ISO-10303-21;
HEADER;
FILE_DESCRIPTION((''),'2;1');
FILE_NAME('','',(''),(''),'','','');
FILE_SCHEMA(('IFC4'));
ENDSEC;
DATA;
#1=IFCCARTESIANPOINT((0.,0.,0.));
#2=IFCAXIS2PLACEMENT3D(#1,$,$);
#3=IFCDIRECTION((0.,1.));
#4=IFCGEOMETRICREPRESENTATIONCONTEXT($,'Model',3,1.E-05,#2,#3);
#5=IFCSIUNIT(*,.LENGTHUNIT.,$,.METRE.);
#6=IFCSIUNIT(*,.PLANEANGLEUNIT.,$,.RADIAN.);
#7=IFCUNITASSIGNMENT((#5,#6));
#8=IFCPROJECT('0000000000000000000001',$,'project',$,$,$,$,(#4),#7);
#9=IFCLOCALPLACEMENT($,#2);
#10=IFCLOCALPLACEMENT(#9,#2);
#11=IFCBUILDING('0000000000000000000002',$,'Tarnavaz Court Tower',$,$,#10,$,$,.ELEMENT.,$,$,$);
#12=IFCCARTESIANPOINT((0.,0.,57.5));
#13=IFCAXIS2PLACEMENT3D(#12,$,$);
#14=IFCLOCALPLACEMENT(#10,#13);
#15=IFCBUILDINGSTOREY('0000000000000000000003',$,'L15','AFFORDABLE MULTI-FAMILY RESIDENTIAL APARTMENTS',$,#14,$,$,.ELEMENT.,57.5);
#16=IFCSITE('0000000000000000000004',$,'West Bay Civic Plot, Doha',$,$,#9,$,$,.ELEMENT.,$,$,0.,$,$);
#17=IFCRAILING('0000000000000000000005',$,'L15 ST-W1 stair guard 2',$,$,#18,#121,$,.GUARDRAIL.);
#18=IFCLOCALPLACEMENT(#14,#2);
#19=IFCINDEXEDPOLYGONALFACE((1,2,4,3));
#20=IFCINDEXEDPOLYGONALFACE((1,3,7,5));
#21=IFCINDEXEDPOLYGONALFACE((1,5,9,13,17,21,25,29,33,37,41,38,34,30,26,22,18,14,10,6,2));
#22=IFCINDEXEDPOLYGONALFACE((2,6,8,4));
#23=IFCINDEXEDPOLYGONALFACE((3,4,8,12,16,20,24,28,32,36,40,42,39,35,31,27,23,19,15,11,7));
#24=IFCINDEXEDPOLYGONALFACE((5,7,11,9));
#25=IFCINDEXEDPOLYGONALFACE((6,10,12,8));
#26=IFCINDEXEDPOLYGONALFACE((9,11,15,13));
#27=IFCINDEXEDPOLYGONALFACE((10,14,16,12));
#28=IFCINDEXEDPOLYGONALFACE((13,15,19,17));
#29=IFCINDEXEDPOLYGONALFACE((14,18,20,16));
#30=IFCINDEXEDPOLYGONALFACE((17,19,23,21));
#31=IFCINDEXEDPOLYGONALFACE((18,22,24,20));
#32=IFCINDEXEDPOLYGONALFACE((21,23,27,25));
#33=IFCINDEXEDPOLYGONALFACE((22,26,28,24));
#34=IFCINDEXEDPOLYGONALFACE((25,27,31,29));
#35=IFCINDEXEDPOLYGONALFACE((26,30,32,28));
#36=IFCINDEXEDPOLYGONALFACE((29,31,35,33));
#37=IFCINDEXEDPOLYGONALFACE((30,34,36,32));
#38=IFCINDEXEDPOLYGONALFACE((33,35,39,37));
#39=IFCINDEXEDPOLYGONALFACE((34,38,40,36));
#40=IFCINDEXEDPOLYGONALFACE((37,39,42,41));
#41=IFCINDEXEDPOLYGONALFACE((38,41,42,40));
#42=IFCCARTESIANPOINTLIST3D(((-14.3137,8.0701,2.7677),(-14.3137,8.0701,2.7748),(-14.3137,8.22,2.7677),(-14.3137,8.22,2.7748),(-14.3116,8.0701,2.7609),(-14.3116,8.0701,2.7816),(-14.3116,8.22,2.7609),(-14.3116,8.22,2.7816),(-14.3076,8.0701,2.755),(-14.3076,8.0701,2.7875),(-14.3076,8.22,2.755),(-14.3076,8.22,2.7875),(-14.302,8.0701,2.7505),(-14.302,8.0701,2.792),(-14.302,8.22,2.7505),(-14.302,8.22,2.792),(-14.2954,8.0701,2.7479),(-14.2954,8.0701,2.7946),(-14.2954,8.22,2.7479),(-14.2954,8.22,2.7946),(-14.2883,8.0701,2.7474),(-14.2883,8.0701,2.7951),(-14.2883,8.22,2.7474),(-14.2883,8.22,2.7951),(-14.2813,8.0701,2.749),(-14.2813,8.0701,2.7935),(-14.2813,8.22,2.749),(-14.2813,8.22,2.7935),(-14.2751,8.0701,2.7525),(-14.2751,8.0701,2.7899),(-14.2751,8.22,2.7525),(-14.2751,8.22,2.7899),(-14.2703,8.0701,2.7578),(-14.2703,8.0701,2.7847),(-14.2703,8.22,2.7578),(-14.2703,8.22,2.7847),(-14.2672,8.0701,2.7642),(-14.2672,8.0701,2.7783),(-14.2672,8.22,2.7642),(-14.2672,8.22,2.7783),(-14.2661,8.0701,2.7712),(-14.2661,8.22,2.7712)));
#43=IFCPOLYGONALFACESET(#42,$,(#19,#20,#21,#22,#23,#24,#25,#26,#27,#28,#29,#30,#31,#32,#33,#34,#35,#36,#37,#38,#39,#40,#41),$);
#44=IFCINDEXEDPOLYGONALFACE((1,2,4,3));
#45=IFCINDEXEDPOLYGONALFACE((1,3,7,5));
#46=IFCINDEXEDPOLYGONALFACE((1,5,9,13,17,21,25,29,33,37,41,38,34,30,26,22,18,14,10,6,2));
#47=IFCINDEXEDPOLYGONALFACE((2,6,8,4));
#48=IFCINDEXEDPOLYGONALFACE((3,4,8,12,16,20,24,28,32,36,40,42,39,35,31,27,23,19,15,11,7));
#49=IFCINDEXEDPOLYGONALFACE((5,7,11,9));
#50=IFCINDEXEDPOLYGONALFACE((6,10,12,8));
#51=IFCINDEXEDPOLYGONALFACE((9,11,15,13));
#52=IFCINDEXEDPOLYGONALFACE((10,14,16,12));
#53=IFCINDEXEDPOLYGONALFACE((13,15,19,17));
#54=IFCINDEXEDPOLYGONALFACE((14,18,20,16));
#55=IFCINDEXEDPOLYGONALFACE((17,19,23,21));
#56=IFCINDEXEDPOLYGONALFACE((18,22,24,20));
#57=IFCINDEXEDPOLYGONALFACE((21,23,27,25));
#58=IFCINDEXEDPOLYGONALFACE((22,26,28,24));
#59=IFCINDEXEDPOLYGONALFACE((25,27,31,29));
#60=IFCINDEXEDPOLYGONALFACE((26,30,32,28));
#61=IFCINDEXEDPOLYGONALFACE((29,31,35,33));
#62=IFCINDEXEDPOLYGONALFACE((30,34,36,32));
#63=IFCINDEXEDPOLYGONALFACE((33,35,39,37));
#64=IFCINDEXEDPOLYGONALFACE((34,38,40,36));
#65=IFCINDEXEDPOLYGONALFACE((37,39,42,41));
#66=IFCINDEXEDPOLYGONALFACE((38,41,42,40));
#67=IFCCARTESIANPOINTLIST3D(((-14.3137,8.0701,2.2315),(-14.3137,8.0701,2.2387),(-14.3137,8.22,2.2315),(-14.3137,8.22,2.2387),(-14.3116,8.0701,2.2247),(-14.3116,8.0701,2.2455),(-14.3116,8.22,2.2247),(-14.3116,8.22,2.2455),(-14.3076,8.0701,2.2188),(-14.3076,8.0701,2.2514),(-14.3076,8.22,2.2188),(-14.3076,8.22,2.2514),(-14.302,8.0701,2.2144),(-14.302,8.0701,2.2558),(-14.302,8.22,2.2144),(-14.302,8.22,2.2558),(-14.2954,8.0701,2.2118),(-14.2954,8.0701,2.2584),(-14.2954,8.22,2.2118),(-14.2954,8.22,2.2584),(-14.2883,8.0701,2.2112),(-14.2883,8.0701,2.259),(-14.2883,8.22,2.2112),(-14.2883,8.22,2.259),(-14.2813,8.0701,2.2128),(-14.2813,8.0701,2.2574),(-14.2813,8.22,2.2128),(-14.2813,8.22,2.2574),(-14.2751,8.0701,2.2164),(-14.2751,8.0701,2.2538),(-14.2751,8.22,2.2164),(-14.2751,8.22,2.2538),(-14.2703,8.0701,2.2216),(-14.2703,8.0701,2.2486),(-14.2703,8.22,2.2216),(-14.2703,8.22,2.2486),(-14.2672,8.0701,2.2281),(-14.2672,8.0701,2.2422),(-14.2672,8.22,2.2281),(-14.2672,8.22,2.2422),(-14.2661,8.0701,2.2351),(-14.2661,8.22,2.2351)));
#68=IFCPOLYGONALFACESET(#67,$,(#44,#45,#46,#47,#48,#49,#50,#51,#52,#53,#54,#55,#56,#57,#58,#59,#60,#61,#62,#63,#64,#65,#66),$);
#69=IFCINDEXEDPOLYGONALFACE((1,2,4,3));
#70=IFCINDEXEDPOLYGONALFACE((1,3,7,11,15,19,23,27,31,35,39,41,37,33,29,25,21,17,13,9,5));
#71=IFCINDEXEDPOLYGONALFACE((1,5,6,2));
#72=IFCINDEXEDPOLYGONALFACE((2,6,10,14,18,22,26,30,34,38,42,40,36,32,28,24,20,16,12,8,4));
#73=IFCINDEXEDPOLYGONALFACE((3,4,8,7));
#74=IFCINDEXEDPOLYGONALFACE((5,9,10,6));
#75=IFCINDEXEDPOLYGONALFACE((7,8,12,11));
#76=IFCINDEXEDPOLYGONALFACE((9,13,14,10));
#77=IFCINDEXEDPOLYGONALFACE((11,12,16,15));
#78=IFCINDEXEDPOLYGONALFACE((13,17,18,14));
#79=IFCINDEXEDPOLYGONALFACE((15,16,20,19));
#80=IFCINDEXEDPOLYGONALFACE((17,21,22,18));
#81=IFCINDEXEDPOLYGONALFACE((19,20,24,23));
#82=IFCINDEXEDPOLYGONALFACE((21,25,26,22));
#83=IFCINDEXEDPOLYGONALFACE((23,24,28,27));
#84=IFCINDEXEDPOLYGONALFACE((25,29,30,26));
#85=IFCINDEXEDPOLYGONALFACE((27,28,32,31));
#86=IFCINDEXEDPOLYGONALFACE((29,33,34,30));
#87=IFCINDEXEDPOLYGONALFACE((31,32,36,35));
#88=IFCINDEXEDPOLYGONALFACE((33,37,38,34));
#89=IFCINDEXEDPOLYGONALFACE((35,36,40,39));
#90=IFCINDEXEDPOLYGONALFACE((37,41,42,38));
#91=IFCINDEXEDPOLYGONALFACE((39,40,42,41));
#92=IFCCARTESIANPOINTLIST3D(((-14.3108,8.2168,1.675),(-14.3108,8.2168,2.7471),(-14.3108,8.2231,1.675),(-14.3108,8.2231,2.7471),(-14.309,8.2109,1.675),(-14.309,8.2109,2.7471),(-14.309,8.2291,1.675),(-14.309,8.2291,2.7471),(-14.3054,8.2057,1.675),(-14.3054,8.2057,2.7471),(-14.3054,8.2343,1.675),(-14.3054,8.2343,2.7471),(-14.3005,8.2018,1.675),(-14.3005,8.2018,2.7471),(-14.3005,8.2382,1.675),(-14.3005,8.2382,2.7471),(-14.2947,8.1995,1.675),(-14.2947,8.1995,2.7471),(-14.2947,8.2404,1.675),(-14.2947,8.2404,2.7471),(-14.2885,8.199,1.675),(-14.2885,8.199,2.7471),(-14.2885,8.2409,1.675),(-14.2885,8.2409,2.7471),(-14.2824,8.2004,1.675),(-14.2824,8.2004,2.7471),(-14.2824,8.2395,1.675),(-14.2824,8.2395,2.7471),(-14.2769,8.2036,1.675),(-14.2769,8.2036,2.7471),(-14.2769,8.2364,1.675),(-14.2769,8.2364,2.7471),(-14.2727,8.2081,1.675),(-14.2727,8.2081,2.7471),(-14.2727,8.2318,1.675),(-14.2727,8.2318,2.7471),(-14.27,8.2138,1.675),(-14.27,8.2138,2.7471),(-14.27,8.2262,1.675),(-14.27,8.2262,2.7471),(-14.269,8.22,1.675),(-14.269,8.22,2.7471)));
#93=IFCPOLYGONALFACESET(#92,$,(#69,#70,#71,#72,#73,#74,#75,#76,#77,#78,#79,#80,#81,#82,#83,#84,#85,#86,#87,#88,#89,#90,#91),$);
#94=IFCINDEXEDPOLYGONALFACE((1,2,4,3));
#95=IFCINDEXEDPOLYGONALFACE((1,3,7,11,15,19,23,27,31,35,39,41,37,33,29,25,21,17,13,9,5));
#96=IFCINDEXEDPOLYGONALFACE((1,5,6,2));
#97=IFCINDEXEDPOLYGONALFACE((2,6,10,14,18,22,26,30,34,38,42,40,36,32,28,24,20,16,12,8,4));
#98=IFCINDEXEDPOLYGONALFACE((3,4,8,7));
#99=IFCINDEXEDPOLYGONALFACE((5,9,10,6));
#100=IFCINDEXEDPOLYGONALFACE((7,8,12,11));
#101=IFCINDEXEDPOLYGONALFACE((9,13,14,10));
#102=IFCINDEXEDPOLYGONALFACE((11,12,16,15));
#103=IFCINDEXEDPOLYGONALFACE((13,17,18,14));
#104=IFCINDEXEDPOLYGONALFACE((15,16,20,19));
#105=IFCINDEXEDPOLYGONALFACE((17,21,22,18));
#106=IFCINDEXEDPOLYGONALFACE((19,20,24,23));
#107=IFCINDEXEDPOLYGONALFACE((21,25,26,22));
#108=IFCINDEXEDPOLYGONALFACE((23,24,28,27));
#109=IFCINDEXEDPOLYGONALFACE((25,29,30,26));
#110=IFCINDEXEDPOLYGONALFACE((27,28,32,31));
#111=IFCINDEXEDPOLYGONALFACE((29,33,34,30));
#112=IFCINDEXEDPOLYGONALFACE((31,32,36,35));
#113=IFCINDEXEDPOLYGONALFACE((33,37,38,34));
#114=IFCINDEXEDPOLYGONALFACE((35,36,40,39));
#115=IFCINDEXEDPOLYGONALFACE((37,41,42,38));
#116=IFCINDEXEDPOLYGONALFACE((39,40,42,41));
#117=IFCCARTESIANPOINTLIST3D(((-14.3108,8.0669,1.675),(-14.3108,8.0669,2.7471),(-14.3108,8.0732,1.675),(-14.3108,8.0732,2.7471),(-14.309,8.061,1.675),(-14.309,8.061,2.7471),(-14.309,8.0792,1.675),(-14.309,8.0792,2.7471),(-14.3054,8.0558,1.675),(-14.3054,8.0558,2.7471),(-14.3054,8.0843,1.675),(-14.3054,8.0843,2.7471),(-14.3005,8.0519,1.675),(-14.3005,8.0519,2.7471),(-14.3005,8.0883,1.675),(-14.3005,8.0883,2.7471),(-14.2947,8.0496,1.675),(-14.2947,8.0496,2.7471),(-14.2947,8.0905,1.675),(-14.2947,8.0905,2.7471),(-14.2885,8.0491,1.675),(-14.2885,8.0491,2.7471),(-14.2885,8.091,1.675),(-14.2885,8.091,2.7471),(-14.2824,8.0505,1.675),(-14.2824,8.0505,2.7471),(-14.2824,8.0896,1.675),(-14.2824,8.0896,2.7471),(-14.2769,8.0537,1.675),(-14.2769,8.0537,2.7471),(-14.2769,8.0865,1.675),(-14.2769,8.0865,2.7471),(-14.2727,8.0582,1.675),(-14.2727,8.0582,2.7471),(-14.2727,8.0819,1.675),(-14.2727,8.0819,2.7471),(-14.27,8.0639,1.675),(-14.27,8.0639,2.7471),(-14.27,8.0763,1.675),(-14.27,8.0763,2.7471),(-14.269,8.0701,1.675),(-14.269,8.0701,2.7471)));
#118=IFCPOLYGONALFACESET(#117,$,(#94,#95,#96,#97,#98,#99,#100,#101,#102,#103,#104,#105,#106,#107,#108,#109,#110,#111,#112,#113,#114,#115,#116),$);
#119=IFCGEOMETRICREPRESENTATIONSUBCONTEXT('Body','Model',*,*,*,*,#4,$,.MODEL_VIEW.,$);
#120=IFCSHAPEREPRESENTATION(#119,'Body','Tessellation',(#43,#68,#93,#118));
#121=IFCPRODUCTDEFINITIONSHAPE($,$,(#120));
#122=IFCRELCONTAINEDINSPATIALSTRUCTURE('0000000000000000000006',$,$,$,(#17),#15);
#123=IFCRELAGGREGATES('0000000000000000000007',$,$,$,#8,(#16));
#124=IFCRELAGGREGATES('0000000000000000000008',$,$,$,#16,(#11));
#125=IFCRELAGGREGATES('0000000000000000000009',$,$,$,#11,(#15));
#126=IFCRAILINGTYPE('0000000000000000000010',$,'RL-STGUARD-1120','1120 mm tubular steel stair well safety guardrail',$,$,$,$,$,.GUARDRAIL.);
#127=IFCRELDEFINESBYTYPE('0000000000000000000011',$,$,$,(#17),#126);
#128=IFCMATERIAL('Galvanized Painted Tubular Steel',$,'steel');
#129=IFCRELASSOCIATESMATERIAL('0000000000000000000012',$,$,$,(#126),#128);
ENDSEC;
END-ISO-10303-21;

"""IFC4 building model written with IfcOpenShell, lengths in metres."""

from ifc_helpers import new_model, si_unit, direction, frame, origin, origin_2d, place, context, subcontext, project, spatial, circle, extrude, material, type_object, element, save


model = new_model("IFC4")

# Units and contexts
model_context = context("Model", 3, precision=1e-05, world=origin(), true_north=direction((0.0, 1.0)))
body_context = subcontext(model_context, "Body", "Model", "MODEL_VIEW")
ifc_project = project(units=[si_unit("LENGTHUNIT", "METRE"), si_unit("PLANEANGLEUNIT", "RADIAN")], contexts=[model_context])

# Site, building, storey
site_placement = place(None, origin())
site = spatial("IfcSite", under=ifc_project, at=site_placement, Name="West Bay Civic Plot, Doha", CompositionType="ELEMENT", RefElevation=0.0)
building_placement = place(site_placement, origin())
building = spatial("IfcBuilding", under=site, at=building_placement, Name="Tarnavaz Court Tower", CompositionType="ELEMENT")
storey_placement = place(building_placement, frame((0.0, 0.0, 57.5)))
storey = spatial("IfcBuildingStorey", under=building, at=storey_placement, Name="L15", Description="AFFORDABLE MULTI-FAMILY RESIDENTIAL APARTMENTS", CompositionType="ELEMENT", Elevation=57.5)

# Railing
ifc_material_1 = material(Name="Galvanized Painted Tubular Steel", Category="steel")
railing_type_1 = type_object("IfcRailingType", Name="RL-STGUARD-1120", Description="1120 mm tubular steel stair well safety guardrail", PredefinedType="GUARDRAIL", material=ifc_material_1)
railing_1_placement = place(storey_placement, frame((-14.29, 8.22, 1.675)))
element("IfcRailing", 1, at=railing_1_placement, inside=storey, type_object=railing_type_1, Name="L15 ST-W1 stair guard 2", PredefinedType="GUARDRAIL", context=body_context, shape_type="SweptSolid", body=[
    extrude(circle(Radius=0.0239, at=origin_2d()), frame((0.0, 0.0, 1.0962), z_axis=(0.0, -1.0, 0.0), x_axis=(1.0, 0.0, 0.0)), (0.0, 0.0, 1.0), 0.1499),
    extrude(circle(Radius=0.0239, at=origin_2d()), frame((0.0, 0.0, 0.5601), z_axis=(0.0, -1.0, 0.0), x_axis=(1.0, 0.0, 0.0)), (0.0, 0.0, 1.0), 0.1499),
    extrude(circle(Radius=0.021, at=origin_2d()), origin(), (0.0, 0.0, 1.0), 1.072),
    extrude(circle(Radius=0.021, at=origin_2d()), frame((0.0, -0.1499, 0.0)), (0.0, 0.0, 1.0), 1.072),
])

save(model, "model.ifc")
